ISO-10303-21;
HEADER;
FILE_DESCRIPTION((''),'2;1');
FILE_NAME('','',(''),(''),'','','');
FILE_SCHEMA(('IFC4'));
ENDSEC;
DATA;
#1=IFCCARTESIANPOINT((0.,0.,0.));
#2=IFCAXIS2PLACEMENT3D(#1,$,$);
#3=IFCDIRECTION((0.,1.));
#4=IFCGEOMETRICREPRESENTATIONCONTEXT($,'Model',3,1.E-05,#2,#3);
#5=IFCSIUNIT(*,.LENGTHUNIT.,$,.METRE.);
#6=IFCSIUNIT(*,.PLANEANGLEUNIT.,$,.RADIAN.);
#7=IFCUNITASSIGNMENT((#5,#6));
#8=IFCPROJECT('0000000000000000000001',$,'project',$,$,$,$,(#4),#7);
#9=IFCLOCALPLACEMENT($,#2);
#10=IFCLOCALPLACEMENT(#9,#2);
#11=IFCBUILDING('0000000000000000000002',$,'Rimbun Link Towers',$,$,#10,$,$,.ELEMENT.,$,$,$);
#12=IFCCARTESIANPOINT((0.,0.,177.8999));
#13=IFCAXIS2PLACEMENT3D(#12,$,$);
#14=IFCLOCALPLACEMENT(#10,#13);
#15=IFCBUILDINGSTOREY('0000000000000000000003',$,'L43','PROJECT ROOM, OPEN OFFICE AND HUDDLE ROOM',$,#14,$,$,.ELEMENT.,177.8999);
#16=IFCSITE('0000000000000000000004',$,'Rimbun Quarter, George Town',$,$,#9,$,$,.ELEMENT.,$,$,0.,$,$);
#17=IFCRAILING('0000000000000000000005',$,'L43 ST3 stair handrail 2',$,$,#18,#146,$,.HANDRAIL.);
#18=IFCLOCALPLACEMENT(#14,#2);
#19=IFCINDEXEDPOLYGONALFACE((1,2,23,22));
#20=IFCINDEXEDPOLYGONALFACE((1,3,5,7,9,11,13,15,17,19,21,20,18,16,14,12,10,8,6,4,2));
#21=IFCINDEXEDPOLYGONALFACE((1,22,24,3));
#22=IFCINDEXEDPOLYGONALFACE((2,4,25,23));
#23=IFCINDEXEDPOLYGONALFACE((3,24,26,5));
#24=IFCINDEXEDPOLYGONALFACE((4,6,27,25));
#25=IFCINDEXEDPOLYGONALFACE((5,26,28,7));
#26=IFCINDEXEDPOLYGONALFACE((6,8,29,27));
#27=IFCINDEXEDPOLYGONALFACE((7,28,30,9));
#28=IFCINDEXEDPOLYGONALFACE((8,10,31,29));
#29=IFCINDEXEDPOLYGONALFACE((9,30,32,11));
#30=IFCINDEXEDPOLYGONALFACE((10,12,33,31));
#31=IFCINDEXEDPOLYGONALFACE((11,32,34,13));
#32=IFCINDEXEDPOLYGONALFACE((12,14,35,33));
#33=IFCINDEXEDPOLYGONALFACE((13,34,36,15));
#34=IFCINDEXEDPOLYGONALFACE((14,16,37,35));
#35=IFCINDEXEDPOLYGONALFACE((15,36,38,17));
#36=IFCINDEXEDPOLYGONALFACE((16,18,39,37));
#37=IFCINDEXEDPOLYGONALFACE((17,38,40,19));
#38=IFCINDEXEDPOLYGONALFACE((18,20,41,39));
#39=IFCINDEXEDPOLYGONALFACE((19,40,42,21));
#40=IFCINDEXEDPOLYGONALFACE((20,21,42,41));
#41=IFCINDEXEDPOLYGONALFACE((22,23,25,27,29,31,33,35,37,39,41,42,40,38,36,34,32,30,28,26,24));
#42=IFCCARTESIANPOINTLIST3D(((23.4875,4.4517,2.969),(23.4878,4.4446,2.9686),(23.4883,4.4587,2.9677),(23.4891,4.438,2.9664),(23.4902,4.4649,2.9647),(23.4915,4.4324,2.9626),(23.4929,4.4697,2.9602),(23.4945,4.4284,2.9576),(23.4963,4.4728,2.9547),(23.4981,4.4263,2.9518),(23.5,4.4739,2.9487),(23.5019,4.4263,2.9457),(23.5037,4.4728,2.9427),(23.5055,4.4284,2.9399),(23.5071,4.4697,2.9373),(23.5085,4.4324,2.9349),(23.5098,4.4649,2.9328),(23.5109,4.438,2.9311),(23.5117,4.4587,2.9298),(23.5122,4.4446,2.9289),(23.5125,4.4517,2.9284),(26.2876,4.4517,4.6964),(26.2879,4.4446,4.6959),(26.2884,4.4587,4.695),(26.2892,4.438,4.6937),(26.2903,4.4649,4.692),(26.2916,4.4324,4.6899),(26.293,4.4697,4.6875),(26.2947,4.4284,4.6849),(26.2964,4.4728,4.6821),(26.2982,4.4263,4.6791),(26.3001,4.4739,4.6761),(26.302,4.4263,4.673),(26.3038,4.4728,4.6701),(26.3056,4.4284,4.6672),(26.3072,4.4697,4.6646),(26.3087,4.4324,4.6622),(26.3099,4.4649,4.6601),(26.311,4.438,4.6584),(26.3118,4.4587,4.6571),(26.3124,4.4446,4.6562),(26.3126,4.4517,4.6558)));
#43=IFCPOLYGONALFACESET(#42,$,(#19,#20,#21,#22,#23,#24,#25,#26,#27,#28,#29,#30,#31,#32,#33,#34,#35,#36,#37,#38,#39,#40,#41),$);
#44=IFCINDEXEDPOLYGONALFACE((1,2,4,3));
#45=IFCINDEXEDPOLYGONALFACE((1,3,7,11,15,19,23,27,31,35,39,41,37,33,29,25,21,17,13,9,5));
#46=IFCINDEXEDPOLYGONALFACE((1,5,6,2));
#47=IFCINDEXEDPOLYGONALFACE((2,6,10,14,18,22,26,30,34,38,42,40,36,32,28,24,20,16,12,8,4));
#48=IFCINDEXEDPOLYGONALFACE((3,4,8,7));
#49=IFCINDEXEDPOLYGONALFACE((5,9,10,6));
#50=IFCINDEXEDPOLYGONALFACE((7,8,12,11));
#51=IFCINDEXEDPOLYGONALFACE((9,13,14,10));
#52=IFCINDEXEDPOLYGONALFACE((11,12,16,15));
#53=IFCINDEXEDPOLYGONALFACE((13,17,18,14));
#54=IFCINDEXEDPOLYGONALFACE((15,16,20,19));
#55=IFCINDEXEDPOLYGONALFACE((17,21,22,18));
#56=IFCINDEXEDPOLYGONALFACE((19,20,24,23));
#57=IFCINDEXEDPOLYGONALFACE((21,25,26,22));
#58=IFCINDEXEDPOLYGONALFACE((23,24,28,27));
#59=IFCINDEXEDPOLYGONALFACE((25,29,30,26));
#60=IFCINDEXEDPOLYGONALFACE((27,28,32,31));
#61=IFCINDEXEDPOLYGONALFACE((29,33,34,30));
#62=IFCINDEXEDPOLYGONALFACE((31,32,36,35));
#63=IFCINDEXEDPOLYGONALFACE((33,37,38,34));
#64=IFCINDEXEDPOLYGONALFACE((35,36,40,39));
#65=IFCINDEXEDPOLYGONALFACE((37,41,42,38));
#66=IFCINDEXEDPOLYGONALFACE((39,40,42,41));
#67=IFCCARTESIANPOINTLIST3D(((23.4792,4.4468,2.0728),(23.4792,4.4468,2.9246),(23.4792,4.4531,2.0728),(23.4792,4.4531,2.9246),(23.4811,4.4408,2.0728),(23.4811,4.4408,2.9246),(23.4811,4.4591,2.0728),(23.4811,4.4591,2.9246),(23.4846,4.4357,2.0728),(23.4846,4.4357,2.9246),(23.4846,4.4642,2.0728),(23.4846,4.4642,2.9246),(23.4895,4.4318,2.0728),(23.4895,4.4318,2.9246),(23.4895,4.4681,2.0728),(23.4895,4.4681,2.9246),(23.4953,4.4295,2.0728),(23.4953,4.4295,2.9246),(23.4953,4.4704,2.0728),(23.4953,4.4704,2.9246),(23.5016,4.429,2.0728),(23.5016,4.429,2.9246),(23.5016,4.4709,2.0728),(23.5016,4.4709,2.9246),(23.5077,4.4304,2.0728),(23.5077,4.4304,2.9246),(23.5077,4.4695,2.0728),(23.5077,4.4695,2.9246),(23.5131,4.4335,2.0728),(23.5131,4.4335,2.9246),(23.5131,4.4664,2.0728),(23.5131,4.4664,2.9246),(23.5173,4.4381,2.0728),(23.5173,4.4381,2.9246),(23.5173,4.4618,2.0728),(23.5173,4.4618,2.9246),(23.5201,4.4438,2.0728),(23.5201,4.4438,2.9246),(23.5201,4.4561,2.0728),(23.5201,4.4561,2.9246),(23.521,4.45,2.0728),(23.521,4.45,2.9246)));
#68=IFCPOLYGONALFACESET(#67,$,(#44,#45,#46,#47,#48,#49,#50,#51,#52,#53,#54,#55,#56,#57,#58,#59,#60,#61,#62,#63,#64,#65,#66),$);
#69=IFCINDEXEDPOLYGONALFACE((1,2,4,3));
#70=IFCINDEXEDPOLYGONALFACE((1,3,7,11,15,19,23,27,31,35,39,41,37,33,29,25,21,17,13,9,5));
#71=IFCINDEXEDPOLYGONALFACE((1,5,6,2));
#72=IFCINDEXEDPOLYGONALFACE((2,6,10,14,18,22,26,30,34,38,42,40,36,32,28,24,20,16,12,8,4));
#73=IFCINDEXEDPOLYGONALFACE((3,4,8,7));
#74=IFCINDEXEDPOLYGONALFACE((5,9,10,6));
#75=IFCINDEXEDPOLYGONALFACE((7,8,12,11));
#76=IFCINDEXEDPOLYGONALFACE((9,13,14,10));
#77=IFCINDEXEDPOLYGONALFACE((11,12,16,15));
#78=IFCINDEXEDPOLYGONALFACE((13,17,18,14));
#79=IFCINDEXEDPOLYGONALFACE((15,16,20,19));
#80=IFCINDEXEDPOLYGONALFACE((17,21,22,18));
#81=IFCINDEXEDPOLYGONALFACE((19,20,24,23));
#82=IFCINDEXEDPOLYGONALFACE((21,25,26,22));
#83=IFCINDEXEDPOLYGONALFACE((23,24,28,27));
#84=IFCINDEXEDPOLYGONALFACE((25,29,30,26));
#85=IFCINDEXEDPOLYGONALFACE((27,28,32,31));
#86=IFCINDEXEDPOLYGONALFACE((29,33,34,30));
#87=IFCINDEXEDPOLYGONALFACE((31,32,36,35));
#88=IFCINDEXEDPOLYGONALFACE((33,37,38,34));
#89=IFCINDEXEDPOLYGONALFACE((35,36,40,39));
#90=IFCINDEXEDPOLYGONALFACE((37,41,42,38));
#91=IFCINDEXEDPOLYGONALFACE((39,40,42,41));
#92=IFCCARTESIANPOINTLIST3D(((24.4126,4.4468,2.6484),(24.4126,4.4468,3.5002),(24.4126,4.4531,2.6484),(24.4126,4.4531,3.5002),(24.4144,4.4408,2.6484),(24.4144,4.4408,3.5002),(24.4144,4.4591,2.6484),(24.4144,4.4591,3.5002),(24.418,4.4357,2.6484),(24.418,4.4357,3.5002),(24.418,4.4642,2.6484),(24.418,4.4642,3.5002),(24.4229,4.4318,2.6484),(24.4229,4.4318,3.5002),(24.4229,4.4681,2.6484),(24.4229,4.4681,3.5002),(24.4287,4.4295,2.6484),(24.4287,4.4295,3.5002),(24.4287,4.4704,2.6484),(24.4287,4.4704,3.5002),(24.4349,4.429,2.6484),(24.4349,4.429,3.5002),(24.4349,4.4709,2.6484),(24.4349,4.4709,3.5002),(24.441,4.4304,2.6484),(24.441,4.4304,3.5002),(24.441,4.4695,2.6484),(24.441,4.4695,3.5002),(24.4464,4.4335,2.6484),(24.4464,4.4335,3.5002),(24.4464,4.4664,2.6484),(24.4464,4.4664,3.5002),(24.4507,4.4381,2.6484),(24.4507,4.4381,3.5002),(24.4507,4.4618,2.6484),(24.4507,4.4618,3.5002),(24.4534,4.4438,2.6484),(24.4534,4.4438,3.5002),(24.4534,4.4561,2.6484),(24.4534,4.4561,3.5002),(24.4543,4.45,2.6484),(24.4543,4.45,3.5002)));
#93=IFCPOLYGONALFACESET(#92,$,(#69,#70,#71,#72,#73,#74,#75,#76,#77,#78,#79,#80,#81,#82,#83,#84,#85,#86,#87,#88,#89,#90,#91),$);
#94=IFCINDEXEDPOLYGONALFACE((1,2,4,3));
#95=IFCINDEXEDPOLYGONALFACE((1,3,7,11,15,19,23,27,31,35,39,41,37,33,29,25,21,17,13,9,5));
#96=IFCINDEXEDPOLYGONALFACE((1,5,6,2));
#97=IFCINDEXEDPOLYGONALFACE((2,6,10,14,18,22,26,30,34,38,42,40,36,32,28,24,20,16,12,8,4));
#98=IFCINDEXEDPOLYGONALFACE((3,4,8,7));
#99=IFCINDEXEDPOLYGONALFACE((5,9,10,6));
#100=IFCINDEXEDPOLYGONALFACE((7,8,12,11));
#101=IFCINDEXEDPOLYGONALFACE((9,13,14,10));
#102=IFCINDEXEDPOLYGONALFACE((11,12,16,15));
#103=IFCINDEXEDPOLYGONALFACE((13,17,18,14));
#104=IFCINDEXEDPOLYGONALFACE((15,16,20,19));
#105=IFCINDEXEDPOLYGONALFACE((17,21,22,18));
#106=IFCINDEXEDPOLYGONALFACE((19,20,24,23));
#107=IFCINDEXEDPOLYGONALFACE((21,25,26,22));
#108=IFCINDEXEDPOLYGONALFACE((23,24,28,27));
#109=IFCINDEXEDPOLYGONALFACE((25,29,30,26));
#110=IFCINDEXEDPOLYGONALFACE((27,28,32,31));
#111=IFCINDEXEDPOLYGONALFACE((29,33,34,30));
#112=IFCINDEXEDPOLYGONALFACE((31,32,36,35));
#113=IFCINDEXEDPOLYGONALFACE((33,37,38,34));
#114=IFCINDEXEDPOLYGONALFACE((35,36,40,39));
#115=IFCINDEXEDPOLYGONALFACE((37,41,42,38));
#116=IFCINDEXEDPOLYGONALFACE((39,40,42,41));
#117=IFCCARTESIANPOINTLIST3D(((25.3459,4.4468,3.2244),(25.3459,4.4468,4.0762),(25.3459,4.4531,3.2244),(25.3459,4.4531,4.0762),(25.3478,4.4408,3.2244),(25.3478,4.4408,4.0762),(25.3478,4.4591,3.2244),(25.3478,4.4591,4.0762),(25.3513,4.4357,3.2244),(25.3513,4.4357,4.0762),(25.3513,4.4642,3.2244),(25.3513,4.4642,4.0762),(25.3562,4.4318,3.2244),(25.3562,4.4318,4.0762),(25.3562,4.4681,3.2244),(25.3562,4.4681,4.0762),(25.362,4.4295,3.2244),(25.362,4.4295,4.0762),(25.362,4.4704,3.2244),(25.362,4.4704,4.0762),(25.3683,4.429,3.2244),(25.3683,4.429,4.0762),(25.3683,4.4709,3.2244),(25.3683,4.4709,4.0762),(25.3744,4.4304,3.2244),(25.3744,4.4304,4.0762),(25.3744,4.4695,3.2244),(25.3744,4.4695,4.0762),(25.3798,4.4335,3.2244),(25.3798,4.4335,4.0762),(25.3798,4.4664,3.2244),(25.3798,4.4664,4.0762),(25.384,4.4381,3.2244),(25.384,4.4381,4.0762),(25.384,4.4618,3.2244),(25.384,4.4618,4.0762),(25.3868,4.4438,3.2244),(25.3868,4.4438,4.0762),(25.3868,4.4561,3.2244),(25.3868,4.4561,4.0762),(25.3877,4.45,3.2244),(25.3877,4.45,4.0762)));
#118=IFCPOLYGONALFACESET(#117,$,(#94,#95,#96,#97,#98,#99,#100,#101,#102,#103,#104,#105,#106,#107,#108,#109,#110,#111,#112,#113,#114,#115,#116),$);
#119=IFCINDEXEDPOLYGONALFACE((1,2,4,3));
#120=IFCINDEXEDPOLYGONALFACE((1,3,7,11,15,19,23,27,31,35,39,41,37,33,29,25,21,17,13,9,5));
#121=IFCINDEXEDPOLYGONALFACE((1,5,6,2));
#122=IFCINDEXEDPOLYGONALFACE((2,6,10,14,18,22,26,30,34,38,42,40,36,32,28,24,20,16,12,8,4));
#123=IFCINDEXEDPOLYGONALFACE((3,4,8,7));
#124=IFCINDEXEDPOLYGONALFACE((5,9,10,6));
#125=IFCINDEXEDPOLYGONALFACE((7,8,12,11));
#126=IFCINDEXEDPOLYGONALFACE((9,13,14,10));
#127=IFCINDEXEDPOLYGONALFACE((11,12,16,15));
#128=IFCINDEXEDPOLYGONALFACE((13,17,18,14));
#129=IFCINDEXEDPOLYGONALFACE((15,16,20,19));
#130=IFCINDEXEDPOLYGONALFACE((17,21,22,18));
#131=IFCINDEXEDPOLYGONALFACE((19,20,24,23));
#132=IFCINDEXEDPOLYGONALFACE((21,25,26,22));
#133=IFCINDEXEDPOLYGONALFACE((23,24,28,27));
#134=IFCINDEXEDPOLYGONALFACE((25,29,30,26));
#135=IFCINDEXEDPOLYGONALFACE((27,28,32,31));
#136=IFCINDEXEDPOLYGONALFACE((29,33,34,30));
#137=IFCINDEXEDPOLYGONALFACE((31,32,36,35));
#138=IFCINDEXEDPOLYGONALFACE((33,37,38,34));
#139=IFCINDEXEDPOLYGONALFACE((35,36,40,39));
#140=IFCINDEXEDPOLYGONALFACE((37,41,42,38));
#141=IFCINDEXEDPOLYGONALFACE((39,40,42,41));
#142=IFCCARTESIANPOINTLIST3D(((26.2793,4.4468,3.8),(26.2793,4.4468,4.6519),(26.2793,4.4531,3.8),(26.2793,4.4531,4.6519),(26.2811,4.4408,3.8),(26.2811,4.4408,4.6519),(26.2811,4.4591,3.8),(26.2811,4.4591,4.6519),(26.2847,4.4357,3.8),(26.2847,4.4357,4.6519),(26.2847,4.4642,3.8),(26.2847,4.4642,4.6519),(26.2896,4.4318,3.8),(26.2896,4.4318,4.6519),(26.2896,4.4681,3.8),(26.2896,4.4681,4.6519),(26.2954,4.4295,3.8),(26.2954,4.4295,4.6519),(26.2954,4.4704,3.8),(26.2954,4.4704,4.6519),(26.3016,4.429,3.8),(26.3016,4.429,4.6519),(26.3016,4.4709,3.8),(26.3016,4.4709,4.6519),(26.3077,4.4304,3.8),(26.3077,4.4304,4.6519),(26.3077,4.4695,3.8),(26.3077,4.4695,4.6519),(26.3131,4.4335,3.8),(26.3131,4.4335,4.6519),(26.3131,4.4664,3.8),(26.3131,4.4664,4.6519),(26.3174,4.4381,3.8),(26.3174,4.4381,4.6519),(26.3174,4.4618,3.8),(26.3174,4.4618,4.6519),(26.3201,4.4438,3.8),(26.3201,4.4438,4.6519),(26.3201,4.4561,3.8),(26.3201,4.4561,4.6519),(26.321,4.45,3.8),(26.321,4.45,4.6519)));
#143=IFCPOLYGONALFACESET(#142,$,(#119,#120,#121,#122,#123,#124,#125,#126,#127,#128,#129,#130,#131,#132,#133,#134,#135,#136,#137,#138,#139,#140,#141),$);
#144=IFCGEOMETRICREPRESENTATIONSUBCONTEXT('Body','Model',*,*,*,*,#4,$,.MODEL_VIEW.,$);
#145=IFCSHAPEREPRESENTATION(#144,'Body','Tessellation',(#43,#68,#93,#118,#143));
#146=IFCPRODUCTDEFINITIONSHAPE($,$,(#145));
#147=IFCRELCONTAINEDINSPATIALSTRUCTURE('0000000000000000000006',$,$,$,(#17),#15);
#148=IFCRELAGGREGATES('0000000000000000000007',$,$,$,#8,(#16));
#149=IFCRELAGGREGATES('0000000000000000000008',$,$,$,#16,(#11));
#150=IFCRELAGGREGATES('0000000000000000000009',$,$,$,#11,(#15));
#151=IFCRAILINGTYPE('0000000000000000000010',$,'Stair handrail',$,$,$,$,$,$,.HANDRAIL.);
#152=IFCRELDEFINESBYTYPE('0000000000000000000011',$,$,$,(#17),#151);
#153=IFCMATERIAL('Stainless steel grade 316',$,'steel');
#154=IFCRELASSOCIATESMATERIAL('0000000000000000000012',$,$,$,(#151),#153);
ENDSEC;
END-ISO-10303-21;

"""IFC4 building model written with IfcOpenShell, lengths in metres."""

from ifc_helpers import new_model, si_unit, direction, frame, origin, origin_2d, place, context, subcontext, project, spatial, circle, extrude, material, type_object, element, save


model = new_model("IFC4")

# Units and contexts
model_context = context("Model", 3, precision=1e-05, world=origin(), true_north=direction((0.0, 1.0)))
body_context = subcontext(model_context, "Body", "Model", "MODEL_VIEW")
ifc_project = project(units=[si_unit("LENGTHUNIT", "METRE"), si_unit("PLANEANGLEUNIT", "RADIAN")], contexts=[model_context])

# Site, building, storey
site_placement = place(None, origin())
site = spatial("IfcSite", under=ifc_project, at=site_placement, Name="Rimbun Quarter, George Town", CompositionType="ELEMENT", RefElevation=0.0)
building_placement = place(site_placement, origin())
building = spatial("IfcBuilding", under=site, at=building_placement, Name="Rimbun Link Towers", CompositionType="ELEMENT")
storey_placement = place(building_placement, frame((0.0, 0.0, 177.8999)))
storey = spatial("IfcBuildingStorey", under=building, at=storey_placement, Name="L43", Description="PROJECT ROOM, OPEN OFFICE AND HUDDLE ROOM", CompositionType="ELEMENT", Elevation=177.8999)

# Railing
ifc_material_1 = material(Name="Stainless steel grade 316", Category="steel")
railing_type_1 = type_object("IfcRailingType", Name="Stair handrail", PredefinedType="HANDRAIL", material=ifc_material_1)
railing_1_placement = place(storey_placement, frame((23.5, 4.45, 2.0728)))
element("IfcRailing", 1, at=railing_1_placement, inside=storey, type_object=railing_type_1, Name="L43 ST3 stair handrail 2", PredefinedType="HANDRAIL", context=body_context, shape_type="SweptSolid", body=[
    extrude(circle(Radius=0.0239, at=origin_2d()), frame((0.0, 0.0, 0.876), z_axis=(0.85109, 0.0, 0.52502), x_axis=(0.0, 1.0, 0.0)), (0.0, 0.0, 1.0), 3.29),
    extrude(circle(Radius=0.021, at=origin_2d()), origin(), (0.0, 0.0, 1.0), 0.8518),
    extrude(circle(Radius=0.021, at=origin_2d()), frame((0.9333, 0.0, 0.5757)), (0.0, 0.0, 1.0), 0.8518),
    extrude(circle(Radius=0.021, at=origin_2d()), frame((1.8667, 0.0, 1.1516)), (0.0, 0.0, 1.0), 0.8518),
    extrude(circle(Radius=0.021, at=origin_2d()), frame((2.8, 0.0, 1.7273)), (0.0, 0.0, 1.0), 0.8518),
])

save(model, "model.ifc")
